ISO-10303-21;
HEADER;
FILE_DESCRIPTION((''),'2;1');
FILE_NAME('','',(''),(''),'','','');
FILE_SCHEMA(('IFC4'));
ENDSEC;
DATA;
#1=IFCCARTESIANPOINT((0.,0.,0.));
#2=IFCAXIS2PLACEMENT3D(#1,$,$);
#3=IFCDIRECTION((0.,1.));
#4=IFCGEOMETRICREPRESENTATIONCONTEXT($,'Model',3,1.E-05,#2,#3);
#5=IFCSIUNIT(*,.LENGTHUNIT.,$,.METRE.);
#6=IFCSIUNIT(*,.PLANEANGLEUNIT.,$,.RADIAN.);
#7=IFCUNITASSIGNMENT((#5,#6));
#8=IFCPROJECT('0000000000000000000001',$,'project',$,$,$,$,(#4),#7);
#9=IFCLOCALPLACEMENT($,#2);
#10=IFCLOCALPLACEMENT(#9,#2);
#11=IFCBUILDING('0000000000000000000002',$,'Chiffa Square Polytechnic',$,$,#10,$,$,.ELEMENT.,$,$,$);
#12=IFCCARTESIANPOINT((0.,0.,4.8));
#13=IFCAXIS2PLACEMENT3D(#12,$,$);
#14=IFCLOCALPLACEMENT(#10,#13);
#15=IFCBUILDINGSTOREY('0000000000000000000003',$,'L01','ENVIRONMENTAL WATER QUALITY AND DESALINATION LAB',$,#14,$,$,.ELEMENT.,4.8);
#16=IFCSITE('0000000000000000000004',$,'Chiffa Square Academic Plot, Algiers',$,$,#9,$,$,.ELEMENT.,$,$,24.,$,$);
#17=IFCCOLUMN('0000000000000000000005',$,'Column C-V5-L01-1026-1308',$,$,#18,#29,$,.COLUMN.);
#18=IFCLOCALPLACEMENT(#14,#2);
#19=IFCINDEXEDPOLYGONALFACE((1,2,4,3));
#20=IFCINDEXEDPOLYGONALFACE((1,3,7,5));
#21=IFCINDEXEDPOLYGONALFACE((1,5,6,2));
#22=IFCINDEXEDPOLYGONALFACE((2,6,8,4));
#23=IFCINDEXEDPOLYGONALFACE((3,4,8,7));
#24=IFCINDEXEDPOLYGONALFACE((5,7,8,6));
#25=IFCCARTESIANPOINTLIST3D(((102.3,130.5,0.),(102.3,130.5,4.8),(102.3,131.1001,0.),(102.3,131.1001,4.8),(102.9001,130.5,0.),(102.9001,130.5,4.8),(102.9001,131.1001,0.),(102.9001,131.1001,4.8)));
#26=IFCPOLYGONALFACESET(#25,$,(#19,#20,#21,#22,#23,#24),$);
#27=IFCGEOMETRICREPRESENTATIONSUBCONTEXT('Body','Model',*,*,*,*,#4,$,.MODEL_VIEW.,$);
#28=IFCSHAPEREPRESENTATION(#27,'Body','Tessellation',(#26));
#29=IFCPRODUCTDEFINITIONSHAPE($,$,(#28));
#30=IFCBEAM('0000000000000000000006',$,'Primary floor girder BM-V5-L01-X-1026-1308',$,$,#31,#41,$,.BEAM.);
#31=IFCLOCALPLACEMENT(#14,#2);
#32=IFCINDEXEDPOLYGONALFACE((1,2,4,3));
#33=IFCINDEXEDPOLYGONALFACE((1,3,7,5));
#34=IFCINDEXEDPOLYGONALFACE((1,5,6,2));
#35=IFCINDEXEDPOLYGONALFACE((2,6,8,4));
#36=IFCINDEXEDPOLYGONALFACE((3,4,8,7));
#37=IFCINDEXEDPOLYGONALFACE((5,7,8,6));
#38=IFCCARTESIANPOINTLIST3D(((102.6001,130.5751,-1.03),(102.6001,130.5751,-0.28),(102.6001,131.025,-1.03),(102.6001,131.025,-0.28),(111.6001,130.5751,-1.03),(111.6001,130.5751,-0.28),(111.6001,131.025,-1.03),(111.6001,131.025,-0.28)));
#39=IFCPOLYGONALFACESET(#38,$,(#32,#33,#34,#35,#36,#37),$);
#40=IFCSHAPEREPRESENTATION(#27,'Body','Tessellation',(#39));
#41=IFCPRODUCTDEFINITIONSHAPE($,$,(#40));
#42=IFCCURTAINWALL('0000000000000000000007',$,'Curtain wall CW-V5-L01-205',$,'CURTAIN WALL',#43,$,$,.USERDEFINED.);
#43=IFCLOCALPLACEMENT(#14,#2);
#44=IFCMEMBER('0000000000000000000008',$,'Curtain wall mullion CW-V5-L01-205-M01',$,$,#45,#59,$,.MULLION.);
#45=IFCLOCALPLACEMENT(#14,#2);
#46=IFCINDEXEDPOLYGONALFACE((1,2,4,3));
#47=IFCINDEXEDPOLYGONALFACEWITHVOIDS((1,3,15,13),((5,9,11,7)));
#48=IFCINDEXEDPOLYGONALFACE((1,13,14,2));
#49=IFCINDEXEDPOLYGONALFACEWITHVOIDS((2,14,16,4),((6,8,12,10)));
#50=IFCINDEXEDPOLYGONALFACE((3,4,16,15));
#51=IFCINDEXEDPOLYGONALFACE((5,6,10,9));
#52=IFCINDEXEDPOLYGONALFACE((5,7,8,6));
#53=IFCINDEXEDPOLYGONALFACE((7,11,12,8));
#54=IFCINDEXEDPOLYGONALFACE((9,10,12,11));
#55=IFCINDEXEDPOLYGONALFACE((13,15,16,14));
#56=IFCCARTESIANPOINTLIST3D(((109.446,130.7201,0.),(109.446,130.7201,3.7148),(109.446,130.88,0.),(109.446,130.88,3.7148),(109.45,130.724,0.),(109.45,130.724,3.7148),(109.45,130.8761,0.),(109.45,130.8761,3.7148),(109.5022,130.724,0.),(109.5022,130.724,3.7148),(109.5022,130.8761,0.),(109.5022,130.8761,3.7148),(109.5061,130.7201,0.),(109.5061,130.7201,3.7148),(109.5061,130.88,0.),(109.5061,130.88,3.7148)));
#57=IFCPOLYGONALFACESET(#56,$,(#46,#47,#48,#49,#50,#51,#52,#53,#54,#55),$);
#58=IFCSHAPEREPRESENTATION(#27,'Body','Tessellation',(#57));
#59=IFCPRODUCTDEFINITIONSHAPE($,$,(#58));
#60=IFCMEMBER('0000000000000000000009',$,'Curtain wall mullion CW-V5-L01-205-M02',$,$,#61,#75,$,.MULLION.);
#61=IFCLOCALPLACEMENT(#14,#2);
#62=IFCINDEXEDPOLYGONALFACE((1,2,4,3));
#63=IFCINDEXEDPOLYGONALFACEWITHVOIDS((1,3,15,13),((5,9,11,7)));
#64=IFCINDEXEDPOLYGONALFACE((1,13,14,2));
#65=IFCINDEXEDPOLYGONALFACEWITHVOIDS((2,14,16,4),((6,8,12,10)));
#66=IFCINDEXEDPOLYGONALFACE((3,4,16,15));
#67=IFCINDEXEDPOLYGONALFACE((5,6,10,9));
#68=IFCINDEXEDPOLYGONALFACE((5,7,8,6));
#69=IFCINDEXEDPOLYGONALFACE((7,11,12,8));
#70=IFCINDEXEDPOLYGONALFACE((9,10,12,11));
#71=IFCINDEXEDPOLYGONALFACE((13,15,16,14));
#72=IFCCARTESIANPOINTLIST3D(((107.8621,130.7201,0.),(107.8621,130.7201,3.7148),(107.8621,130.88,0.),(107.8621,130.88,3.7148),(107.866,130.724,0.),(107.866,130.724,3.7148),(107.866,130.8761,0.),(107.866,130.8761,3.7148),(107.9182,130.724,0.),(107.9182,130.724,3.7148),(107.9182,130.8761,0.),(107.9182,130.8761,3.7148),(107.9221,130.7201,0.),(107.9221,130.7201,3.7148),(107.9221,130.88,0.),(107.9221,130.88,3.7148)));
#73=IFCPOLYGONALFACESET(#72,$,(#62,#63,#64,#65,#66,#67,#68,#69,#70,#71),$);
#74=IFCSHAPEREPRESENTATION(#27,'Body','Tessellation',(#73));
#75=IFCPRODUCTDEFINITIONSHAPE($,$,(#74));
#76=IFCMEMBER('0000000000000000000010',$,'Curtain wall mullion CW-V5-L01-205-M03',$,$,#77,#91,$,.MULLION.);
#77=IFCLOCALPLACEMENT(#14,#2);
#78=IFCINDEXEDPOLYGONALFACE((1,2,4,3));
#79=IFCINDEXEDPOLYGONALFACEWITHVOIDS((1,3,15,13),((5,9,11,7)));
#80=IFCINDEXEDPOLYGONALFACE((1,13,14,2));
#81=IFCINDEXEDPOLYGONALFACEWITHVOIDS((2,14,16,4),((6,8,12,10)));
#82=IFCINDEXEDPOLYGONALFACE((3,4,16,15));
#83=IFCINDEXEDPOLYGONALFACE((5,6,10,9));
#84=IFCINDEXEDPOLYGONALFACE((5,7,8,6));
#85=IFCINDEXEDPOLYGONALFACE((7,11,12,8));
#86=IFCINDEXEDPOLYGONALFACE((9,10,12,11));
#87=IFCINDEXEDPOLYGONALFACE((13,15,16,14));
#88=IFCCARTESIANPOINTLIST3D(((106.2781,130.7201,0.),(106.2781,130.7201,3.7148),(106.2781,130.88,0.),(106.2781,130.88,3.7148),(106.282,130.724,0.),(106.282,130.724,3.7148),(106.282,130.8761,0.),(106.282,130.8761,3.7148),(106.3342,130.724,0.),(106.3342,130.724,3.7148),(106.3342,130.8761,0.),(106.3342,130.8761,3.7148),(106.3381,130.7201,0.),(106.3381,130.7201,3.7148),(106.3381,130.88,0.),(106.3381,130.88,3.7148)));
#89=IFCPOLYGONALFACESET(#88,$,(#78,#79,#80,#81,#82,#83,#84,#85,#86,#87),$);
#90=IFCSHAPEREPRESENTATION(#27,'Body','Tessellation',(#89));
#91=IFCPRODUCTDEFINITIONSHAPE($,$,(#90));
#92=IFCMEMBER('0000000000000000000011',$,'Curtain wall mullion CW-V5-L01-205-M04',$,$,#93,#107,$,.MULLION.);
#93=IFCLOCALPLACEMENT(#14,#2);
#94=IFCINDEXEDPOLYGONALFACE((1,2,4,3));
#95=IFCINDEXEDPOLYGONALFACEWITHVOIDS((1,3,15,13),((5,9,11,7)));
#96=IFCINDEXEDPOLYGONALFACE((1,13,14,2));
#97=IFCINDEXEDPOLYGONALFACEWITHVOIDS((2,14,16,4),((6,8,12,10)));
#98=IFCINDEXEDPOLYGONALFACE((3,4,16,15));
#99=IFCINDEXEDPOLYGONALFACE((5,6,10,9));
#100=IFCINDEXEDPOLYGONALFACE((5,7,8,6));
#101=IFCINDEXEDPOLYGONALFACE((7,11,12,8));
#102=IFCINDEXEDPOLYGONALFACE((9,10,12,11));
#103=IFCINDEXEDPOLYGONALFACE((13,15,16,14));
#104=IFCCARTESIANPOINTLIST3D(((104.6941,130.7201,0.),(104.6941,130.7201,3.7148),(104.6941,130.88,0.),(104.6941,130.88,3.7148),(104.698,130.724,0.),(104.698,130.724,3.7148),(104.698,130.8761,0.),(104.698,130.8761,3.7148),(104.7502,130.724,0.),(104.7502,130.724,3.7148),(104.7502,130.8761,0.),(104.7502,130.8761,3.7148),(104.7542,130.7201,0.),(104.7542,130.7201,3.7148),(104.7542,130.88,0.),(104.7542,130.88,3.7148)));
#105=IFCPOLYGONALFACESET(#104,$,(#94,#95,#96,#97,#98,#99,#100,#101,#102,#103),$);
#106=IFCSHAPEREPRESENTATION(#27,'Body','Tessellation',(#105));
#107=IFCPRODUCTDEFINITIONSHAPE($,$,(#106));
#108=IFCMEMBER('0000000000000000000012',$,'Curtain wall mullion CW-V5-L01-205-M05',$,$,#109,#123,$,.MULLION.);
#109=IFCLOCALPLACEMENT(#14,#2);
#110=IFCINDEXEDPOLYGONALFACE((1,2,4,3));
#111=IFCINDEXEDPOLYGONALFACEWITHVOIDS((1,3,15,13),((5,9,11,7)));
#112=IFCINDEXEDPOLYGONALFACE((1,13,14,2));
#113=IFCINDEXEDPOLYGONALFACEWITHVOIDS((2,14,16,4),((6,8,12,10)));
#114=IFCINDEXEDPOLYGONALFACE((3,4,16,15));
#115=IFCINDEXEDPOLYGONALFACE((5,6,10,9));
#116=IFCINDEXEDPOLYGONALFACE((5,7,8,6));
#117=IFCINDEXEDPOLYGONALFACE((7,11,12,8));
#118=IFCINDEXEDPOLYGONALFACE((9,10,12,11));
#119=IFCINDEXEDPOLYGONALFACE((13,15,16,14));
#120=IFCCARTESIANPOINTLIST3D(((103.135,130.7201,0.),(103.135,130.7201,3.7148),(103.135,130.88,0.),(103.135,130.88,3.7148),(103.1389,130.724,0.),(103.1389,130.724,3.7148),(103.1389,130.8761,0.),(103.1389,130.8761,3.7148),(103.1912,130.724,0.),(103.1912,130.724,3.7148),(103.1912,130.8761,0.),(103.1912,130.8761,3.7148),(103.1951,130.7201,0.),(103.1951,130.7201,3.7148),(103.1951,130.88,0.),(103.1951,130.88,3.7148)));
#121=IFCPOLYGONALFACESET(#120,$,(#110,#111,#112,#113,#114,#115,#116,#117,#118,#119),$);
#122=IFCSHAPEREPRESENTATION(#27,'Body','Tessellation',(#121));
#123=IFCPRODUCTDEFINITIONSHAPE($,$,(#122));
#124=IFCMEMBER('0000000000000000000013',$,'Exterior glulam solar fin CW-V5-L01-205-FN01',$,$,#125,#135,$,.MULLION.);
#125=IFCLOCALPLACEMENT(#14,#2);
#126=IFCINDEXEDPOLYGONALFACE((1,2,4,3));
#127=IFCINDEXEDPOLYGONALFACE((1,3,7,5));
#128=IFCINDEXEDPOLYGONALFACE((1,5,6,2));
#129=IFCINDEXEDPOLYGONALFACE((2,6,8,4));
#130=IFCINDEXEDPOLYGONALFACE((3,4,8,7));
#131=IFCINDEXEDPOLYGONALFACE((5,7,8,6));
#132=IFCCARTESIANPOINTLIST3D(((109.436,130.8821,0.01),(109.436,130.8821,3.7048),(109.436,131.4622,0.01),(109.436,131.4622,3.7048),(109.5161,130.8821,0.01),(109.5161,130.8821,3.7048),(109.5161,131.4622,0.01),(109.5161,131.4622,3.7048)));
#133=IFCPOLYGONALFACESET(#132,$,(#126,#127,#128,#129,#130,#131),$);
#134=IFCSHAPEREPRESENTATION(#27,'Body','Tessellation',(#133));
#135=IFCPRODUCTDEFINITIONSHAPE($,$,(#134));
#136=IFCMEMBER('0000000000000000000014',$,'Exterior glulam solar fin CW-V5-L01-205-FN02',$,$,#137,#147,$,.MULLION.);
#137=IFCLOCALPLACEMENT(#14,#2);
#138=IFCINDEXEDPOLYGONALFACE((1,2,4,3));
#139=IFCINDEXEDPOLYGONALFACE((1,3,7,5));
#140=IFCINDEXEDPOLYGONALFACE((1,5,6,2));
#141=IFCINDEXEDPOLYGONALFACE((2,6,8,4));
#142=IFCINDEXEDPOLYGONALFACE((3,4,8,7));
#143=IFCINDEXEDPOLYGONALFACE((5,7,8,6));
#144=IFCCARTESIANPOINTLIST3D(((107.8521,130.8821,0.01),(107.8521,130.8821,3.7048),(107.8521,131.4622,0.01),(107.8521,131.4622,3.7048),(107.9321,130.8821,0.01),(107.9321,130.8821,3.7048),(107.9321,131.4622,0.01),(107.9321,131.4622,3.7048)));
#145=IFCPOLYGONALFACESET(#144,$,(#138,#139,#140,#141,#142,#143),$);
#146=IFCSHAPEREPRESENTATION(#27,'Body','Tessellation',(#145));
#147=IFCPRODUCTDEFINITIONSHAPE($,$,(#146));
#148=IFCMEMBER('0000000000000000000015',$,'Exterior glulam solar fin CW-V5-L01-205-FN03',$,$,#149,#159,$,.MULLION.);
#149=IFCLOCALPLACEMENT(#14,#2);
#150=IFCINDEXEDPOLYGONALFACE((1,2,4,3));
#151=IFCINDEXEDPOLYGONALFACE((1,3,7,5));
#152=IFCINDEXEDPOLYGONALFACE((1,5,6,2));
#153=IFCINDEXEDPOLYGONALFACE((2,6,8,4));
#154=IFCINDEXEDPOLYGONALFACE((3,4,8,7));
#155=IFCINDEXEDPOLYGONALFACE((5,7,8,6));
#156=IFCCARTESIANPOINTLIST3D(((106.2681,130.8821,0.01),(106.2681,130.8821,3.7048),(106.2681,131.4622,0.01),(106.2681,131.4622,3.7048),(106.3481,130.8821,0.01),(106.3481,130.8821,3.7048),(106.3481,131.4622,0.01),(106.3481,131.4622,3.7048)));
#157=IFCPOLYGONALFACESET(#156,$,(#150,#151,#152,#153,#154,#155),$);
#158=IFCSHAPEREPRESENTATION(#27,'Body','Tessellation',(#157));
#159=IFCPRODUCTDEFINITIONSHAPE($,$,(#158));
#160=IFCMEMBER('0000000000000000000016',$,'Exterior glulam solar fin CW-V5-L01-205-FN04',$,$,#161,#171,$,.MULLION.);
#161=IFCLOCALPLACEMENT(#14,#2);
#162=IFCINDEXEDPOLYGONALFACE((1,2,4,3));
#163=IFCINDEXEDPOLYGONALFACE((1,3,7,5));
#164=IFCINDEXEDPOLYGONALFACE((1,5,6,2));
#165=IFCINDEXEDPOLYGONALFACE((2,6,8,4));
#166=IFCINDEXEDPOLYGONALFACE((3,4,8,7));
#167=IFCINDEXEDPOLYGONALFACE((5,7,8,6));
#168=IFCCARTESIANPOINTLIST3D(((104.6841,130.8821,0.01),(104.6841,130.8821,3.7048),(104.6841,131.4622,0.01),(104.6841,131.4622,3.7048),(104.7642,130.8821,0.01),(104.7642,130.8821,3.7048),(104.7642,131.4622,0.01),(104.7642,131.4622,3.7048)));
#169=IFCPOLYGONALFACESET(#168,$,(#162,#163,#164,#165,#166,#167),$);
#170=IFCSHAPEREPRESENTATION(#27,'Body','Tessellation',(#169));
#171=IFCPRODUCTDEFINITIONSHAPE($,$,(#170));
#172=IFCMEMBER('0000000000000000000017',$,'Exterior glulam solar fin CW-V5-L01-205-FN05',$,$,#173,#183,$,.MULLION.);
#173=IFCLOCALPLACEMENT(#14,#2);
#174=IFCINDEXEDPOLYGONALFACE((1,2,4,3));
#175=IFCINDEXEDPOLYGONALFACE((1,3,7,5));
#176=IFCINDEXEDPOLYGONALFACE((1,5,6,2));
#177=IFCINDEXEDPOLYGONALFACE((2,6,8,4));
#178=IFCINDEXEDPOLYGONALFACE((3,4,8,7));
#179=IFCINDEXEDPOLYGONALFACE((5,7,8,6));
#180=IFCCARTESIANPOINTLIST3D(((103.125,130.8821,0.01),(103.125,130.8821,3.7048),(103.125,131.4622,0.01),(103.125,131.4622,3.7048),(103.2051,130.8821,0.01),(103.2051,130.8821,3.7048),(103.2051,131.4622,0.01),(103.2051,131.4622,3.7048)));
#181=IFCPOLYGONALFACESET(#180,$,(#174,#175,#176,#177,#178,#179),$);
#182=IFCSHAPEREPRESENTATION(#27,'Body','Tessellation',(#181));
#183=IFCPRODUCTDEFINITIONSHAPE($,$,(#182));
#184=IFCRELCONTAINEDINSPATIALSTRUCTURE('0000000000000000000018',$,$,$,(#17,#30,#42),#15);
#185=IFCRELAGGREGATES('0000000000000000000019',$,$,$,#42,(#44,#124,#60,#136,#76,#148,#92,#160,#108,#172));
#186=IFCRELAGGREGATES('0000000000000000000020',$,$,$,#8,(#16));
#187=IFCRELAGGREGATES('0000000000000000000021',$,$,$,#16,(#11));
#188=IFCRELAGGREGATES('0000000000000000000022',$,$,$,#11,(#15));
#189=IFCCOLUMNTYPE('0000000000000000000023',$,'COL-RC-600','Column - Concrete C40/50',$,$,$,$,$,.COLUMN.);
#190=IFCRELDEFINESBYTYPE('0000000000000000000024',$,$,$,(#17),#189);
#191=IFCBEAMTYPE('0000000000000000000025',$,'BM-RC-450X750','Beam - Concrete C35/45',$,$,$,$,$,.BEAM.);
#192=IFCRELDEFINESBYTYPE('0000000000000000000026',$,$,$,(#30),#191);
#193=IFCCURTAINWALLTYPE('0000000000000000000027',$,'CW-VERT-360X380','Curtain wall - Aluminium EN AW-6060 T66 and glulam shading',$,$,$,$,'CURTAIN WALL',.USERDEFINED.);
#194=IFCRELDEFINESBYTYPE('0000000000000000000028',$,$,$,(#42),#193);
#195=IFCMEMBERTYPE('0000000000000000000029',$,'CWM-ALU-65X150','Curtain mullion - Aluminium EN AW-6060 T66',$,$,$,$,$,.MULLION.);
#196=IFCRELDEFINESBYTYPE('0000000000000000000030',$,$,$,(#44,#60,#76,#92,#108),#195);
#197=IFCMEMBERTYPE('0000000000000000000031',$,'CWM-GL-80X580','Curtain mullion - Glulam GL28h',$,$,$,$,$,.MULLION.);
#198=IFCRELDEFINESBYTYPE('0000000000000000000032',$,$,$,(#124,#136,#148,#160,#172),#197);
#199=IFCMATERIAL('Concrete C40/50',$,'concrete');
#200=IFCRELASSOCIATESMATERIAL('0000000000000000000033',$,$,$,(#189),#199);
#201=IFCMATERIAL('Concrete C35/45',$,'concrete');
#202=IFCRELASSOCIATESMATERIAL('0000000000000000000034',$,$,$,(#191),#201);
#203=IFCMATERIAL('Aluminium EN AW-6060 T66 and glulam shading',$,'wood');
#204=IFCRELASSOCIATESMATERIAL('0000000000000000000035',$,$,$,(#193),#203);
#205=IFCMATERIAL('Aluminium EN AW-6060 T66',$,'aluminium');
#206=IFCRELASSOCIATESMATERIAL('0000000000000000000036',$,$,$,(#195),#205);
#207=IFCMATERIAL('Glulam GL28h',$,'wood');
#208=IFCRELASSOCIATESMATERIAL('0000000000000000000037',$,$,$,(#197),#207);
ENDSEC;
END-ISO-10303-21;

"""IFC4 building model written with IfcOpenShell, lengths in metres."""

from ifc_helpers import new_model, si_unit, direction, frame, origin, origin_2d, place, context, subcontext, project, spatial, rectangle, hollow_rectangle, extrude, material, material_profile, profile_set, type_object, element, aggregate, save


model = new_model("IFC4")

# Units and contexts
model_context = context("Model", 3, precision=1e-05, world=origin(), true_north=direction((0.0, 1.0)))
body_context = subcontext(model_context, "Body", "Model", "MODEL_VIEW")
ifc_project = project(units=[si_unit("LENGTHUNIT", "METRE"), si_unit("PLANEANGLEUNIT", "RADIAN")], contexts=[model_context])

# Site, building, storey
site_placement = place(None, origin())
site = spatial("IfcSite", under=ifc_project, at=site_placement, Name="Chiffa Square Academic Plot, Algiers", CompositionType="ELEMENT", RefElevation=24.0)
building_placement = place(site_placement, origin())
building = spatial("IfcBuilding", under=site, at=building_placement, Name="Chiffa Square Polytechnic", CompositionType="ELEMENT")
storey_placement = place(building_placement, frame((0.0, 0.0, 4.8)))
storey = spatial("IfcBuildingStorey", under=building, at=storey_placement, Name="L01", Description="ENVIRONMENTAL WATER QUALITY AND DESALINATION LAB", CompositionType="ELEMENT", Elevation=4.8)

# Column
ifc_material_1 = material(Name="Concrete C40/50", Category="concrete")
ifc_material_profile_1 = material_profile(ifc_material_1, rectangle(XDim=0.6001, YDim=0.6001, at=origin_2d()), Name="RC 600x600")
ifc_profile_set_1 = profile_set([ifc_material_profile_1], Name="Concrete C40/50")
column_type = type_object("IfcColumnType", Name="COL-RC-600", Description="Column - Concrete C40/50", PredefinedType="COLUMN", material=ifc_profile_set_1)
column_placement = place(storey_placement, frame((102.6001, 130.8, 0.0), z_axis=(0.0, 0.0, 1.0), x_axis=(1.0, 0.0, 0.0)))
element("IfcColumn", 1, at=column_placement, inside=storey, type_object=column_type, Name="Column C-V5-L01-1026-1308", PredefinedType="COLUMN", context=body_context, shape_type="SweptSolid", body=[
    extrude(rectangle(XDim=0.6001, YDim=0.6001, at=origin_2d()), origin(), (0.0, 0.0, 1.0), 4.8),
])

# Beam
ifc_material_2 = material(Name="Concrete C35/45", Category="concrete")
ifc_material_profile_2 = material_profile(ifc_material_2, rectangle(XDim=0.45, YDim=0.75, at=origin_2d()), Name="RC 450x750")
ifc_profile_set_2 = profile_set([ifc_material_profile_2], Name="Concrete C35/45")
beam_type_1 = type_object("IfcBeamType", Name="BM-RC-450X750", Description="Beam - Concrete C35/45", PredefinedType="BEAM", material=ifc_profile_set_2)
beam_placement = place(storey_placement, frame((102.6001, 130.8, -0.655), z_axis=(1.0, 0.0, 0.0), x_axis=(0.0, 1.0, 0.0)))
element("IfcBeam", 2, at=beam_placement, inside=storey, type_object=beam_type_1, Name="Primary floor girder BM-V5-L01-X-1026-1308", PredefinedType="BEAM", context=body_context, shape_type="SweptSolid", body=[
    extrude(rectangle(XDim=0.45, YDim=0.75, at=origin_2d()), origin(), (0.0, 0.0, 1.0), 9.0),
])

# Curtain wall, members
ifc_material_3 = material(Name="Aluminium EN AW-6060 T66 and glulam shading", Category="wood")
curtain_wall_type = type_object("IfcCurtainWallType", Name="CW-VERT-360X380", Description="Curtain wall - Aluminium EN AW-6060 T66 and glulam shading", ElementType="CURTAIN WALL", PredefinedType="USERDEFINED", material=ifc_material_3)
curtain_wall_placement = place(storey_placement, origin())
curtain_wall = element("IfcCurtainWall", 3, at=curtain_wall_placement, inside=storey, type_object=curtain_wall_type, Name="Curtain wall CW-V5-L01-205", ObjectType="CURTAIN WALL", PredefinedType="USERDEFINED")
ifc_material_4 = material(Name="Aluminium EN AW-6060 T66", Category="aluminium")
ifc_material_profile_3 = material_profile(ifc_material_4, hollow_rectangle(XDim=0.0601, YDim=0.1599, WallThickness=0.0039, at=origin_2d()), Name="ALU 60x160x4")
ifc_profile_set_3 = profile_set([ifc_material_profile_3], Name="Aluminium EN AW-6060 T66")
member_type_1 = type_object("IfcMemberType", Name="CWM-ALU-65X150", Description="Curtain mullion - Aluminium EN AW-6060 T66", PredefinedType="MULLION", material=ifc_profile_set_3)
member_1_placement = place(storey_placement, frame((109.4761, 130.8, 0.0), z_axis=(0.0, 0.0, 1.0), x_axis=(1.0, 0.0, 0.0)))
member_1 = element("IfcMember", 4, at=member_1_placement, type_object=member_type_1, Name="Curtain wall mullion CW-V5-L01-205-M01", PredefinedType="MULLION", context=body_context, shape_type="SweptSolid", body=[
    extrude(hollow_rectangle(XDim=0.0601, YDim=0.1599, WallThickness=0.0039, at=origin_2d()), origin(), (0.0, 0.0, 1.0), 3.7148),
])
member_2_placement = place(storey_placement, frame((107.8921, 130.8, 0.0), z_axis=(0.0, 0.0, 1.0), x_axis=(1.0, 0.0, 0.0)))
member_2 = element("IfcMember", 5, at=member_2_placement, type_object=member_type_1, Name="Curtain wall mullion CW-V5-L01-205-M02", PredefinedType="MULLION", context=body_context, shape_type="SweptSolid", body=[
    extrude(hollow_rectangle(XDim=0.0601, YDim=0.1599, WallThickness=0.0039, at=origin_2d()), origin(), (0.0, 0.0, 1.0), 3.7148),
])
member_3_placement = place(storey_placement, frame((106.3081, 130.8, 0.0), z_axis=(0.0, 0.0, 1.0), x_axis=(1.0, 0.0, 0.0)))
member_3 = element("IfcMember", 6, at=member_3_placement, type_object=member_type_1, Name="Curtain wall mullion CW-V5-L01-205-M03", PredefinedType="MULLION", context=body_context, shape_type="SweptSolid", body=[
    extrude(hollow_rectangle(XDim=0.0601, YDim=0.1599, WallThickness=0.0039, at=origin_2d()), origin(), (0.0, 0.0, 1.0), 3.7148),
])
member_4_placement = place(storey_placement, frame((104.7241, 130.8, 0.0), z_axis=(0.0, 0.0, 1.0), x_axis=(1.0, 0.0, 0.0)))
member_4 = element("IfcMember", 7, at=member_4_placement, type_object=member_type_1, Name="Curtain wall mullion CW-V5-L01-205-M04", PredefinedType="MULLION", context=body_context, shape_type="SweptSolid", body=[
    extrude(hollow_rectangle(XDim=0.0601, YDim=0.1599, WallThickness=0.0039, at=origin_2d()), origin(), (0.0, 0.0, 1.0), 3.7148),
])
member_5_placement = place(storey_placement, frame((103.165, 130.8, 0.0), z_axis=(0.0, 0.0, 1.0), x_axis=(1.0, 0.0, 0.0)))
member_5 = element("IfcMember", 8, at=member_5_placement, type_object=member_type_1, Name="Curtain wall mullion CW-V5-L01-205-M05", PredefinedType="MULLION", context=body_context, shape_type="SweptSolid", body=[
    extrude(hollow_rectangle(XDim=0.0601, YDim=0.1599, WallThickness=0.0039, at=origin_2d()), origin(), (0.0, 0.0, 1.0), 3.7148),
])
ifc_material_5 = material(Name="Glulam GL28h", Category="wood")
ifc_material_profile_4 = material_profile(ifc_material_5, rectangle(XDim=0.0801, YDim=0.5801, at=origin_2d()), Name="GL28h 80x580")
ifc_profile_set_4 = profile_set([ifc_material_profile_4], Name="Glulam GL28h")
member_type_2 = type_object("IfcMemberType", Name="CWM-GL-80X580", Description="Curtain mullion - Glulam GL28h", PredefinedType="MULLION", material=ifc_profile_set_4)
member_6_placement = place(storey_placement, frame((109.4761, 131.1721, 0.01), z_axis=(0.0, 0.0, 1.0), x_axis=(-1.0, 0.0, 0.0)))
member_6 = element("IfcMember", 9, at=member_6_placement, type_object=member_type_2, Name="Exterior glulam solar fin CW-V5-L01-205-FN01", PredefinedType="MULLION", context=body_context, shape_type="SweptSolid", body=[
    extrude(rectangle(XDim=0.0801, YDim=0.5801, at=origin_2d()), origin(), (0.0, 0.0, 1.0), 3.6948),
])
member_7_placement = place(storey_placement, frame((107.8921, 131.1721, 0.01), z_axis=(0.0, 0.0, 1.0), x_axis=(-1.0, 0.0, 0.0)))
member_7 = element("IfcMember", 10, at=member_7_placement, type_object=member_type_2, Name="Exterior glulam solar fin CW-V5-L01-205-FN02", PredefinedType="MULLION", context=body_context, shape_type="SweptSolid", body=[
    extrude(rectangle(XDim=0.0801, YDim=0.5801, at=origin_2d()), origin(), (0.0, 0.0, 1.0), 3.6948),
])
member_8_placement = place(storey_placement, frame((106.3081, 131.1721, 0.01), z_axis=(0.0, 0.0, 1.0), x_axis=(-1.0, 0.0, 0.0)))
member_8 = element("IfcMember", 11, at=member_8_placement, type_object=member_type_2, Name="Exterior glulam solar fin CW-V5-L01-205-FN03", PredefinedType="MULLION", context=body_context, shape_type="SweptSolid", body=[
    extrude(rectangle(XDim=0.0801, YDim=0.5801, at=origin_2d()), origin(), (0.0, 0.0, 1.0), 3.6948),
])
member_9_placement = place(storey_placement, frame((104.7241, 131.1721, 0.01), z_axis=(0.0, 0.0, 1.0), x_axis=(-1.0, 0.0, 0.0)))
member_9 = element("IfcMember", 12, at=member_9_placement, type_object=member_type_2, Name="Exterior glulam solar fin CW-V5-L01-205-FN04", PredefinedType="MULLION", context=body_context, shape_type="SweptSolid", body=[
    extrude(rectangle(XDim=0.0801, YDim=0.5801, at=origin_2d()), origin(), (0.0, 0.0, 1.0), 3.6948),
])
member_10_placement = place(storey_placement, frame((103.165, 131.1721, 0.01), z_axis=(0.0, 0.0, 1.0), x_axis=(-1.0, 0.0, 0.0)))
member_10 = element("IfcMember", 13, at=member_10_placement, type_object=member_type_2, Name="Exterior glulam solar fin CW-V5-L01-205-FN05", PredefinedType="MULLION", context=body_context, shape_type="SweptSolid", body=[
    extrude(rectangle(XDim=0.0801, YDim=0.5801, at=origin_2d()), origin(), (0.0, 0.0, 1.0), 3.6948),
])

aggregate(curtain_wall, [member_1, member_6, member_2, member_7, member_3, member_8, member_4, member_9, member_5, member_10])

save(model, "model.ifc")
